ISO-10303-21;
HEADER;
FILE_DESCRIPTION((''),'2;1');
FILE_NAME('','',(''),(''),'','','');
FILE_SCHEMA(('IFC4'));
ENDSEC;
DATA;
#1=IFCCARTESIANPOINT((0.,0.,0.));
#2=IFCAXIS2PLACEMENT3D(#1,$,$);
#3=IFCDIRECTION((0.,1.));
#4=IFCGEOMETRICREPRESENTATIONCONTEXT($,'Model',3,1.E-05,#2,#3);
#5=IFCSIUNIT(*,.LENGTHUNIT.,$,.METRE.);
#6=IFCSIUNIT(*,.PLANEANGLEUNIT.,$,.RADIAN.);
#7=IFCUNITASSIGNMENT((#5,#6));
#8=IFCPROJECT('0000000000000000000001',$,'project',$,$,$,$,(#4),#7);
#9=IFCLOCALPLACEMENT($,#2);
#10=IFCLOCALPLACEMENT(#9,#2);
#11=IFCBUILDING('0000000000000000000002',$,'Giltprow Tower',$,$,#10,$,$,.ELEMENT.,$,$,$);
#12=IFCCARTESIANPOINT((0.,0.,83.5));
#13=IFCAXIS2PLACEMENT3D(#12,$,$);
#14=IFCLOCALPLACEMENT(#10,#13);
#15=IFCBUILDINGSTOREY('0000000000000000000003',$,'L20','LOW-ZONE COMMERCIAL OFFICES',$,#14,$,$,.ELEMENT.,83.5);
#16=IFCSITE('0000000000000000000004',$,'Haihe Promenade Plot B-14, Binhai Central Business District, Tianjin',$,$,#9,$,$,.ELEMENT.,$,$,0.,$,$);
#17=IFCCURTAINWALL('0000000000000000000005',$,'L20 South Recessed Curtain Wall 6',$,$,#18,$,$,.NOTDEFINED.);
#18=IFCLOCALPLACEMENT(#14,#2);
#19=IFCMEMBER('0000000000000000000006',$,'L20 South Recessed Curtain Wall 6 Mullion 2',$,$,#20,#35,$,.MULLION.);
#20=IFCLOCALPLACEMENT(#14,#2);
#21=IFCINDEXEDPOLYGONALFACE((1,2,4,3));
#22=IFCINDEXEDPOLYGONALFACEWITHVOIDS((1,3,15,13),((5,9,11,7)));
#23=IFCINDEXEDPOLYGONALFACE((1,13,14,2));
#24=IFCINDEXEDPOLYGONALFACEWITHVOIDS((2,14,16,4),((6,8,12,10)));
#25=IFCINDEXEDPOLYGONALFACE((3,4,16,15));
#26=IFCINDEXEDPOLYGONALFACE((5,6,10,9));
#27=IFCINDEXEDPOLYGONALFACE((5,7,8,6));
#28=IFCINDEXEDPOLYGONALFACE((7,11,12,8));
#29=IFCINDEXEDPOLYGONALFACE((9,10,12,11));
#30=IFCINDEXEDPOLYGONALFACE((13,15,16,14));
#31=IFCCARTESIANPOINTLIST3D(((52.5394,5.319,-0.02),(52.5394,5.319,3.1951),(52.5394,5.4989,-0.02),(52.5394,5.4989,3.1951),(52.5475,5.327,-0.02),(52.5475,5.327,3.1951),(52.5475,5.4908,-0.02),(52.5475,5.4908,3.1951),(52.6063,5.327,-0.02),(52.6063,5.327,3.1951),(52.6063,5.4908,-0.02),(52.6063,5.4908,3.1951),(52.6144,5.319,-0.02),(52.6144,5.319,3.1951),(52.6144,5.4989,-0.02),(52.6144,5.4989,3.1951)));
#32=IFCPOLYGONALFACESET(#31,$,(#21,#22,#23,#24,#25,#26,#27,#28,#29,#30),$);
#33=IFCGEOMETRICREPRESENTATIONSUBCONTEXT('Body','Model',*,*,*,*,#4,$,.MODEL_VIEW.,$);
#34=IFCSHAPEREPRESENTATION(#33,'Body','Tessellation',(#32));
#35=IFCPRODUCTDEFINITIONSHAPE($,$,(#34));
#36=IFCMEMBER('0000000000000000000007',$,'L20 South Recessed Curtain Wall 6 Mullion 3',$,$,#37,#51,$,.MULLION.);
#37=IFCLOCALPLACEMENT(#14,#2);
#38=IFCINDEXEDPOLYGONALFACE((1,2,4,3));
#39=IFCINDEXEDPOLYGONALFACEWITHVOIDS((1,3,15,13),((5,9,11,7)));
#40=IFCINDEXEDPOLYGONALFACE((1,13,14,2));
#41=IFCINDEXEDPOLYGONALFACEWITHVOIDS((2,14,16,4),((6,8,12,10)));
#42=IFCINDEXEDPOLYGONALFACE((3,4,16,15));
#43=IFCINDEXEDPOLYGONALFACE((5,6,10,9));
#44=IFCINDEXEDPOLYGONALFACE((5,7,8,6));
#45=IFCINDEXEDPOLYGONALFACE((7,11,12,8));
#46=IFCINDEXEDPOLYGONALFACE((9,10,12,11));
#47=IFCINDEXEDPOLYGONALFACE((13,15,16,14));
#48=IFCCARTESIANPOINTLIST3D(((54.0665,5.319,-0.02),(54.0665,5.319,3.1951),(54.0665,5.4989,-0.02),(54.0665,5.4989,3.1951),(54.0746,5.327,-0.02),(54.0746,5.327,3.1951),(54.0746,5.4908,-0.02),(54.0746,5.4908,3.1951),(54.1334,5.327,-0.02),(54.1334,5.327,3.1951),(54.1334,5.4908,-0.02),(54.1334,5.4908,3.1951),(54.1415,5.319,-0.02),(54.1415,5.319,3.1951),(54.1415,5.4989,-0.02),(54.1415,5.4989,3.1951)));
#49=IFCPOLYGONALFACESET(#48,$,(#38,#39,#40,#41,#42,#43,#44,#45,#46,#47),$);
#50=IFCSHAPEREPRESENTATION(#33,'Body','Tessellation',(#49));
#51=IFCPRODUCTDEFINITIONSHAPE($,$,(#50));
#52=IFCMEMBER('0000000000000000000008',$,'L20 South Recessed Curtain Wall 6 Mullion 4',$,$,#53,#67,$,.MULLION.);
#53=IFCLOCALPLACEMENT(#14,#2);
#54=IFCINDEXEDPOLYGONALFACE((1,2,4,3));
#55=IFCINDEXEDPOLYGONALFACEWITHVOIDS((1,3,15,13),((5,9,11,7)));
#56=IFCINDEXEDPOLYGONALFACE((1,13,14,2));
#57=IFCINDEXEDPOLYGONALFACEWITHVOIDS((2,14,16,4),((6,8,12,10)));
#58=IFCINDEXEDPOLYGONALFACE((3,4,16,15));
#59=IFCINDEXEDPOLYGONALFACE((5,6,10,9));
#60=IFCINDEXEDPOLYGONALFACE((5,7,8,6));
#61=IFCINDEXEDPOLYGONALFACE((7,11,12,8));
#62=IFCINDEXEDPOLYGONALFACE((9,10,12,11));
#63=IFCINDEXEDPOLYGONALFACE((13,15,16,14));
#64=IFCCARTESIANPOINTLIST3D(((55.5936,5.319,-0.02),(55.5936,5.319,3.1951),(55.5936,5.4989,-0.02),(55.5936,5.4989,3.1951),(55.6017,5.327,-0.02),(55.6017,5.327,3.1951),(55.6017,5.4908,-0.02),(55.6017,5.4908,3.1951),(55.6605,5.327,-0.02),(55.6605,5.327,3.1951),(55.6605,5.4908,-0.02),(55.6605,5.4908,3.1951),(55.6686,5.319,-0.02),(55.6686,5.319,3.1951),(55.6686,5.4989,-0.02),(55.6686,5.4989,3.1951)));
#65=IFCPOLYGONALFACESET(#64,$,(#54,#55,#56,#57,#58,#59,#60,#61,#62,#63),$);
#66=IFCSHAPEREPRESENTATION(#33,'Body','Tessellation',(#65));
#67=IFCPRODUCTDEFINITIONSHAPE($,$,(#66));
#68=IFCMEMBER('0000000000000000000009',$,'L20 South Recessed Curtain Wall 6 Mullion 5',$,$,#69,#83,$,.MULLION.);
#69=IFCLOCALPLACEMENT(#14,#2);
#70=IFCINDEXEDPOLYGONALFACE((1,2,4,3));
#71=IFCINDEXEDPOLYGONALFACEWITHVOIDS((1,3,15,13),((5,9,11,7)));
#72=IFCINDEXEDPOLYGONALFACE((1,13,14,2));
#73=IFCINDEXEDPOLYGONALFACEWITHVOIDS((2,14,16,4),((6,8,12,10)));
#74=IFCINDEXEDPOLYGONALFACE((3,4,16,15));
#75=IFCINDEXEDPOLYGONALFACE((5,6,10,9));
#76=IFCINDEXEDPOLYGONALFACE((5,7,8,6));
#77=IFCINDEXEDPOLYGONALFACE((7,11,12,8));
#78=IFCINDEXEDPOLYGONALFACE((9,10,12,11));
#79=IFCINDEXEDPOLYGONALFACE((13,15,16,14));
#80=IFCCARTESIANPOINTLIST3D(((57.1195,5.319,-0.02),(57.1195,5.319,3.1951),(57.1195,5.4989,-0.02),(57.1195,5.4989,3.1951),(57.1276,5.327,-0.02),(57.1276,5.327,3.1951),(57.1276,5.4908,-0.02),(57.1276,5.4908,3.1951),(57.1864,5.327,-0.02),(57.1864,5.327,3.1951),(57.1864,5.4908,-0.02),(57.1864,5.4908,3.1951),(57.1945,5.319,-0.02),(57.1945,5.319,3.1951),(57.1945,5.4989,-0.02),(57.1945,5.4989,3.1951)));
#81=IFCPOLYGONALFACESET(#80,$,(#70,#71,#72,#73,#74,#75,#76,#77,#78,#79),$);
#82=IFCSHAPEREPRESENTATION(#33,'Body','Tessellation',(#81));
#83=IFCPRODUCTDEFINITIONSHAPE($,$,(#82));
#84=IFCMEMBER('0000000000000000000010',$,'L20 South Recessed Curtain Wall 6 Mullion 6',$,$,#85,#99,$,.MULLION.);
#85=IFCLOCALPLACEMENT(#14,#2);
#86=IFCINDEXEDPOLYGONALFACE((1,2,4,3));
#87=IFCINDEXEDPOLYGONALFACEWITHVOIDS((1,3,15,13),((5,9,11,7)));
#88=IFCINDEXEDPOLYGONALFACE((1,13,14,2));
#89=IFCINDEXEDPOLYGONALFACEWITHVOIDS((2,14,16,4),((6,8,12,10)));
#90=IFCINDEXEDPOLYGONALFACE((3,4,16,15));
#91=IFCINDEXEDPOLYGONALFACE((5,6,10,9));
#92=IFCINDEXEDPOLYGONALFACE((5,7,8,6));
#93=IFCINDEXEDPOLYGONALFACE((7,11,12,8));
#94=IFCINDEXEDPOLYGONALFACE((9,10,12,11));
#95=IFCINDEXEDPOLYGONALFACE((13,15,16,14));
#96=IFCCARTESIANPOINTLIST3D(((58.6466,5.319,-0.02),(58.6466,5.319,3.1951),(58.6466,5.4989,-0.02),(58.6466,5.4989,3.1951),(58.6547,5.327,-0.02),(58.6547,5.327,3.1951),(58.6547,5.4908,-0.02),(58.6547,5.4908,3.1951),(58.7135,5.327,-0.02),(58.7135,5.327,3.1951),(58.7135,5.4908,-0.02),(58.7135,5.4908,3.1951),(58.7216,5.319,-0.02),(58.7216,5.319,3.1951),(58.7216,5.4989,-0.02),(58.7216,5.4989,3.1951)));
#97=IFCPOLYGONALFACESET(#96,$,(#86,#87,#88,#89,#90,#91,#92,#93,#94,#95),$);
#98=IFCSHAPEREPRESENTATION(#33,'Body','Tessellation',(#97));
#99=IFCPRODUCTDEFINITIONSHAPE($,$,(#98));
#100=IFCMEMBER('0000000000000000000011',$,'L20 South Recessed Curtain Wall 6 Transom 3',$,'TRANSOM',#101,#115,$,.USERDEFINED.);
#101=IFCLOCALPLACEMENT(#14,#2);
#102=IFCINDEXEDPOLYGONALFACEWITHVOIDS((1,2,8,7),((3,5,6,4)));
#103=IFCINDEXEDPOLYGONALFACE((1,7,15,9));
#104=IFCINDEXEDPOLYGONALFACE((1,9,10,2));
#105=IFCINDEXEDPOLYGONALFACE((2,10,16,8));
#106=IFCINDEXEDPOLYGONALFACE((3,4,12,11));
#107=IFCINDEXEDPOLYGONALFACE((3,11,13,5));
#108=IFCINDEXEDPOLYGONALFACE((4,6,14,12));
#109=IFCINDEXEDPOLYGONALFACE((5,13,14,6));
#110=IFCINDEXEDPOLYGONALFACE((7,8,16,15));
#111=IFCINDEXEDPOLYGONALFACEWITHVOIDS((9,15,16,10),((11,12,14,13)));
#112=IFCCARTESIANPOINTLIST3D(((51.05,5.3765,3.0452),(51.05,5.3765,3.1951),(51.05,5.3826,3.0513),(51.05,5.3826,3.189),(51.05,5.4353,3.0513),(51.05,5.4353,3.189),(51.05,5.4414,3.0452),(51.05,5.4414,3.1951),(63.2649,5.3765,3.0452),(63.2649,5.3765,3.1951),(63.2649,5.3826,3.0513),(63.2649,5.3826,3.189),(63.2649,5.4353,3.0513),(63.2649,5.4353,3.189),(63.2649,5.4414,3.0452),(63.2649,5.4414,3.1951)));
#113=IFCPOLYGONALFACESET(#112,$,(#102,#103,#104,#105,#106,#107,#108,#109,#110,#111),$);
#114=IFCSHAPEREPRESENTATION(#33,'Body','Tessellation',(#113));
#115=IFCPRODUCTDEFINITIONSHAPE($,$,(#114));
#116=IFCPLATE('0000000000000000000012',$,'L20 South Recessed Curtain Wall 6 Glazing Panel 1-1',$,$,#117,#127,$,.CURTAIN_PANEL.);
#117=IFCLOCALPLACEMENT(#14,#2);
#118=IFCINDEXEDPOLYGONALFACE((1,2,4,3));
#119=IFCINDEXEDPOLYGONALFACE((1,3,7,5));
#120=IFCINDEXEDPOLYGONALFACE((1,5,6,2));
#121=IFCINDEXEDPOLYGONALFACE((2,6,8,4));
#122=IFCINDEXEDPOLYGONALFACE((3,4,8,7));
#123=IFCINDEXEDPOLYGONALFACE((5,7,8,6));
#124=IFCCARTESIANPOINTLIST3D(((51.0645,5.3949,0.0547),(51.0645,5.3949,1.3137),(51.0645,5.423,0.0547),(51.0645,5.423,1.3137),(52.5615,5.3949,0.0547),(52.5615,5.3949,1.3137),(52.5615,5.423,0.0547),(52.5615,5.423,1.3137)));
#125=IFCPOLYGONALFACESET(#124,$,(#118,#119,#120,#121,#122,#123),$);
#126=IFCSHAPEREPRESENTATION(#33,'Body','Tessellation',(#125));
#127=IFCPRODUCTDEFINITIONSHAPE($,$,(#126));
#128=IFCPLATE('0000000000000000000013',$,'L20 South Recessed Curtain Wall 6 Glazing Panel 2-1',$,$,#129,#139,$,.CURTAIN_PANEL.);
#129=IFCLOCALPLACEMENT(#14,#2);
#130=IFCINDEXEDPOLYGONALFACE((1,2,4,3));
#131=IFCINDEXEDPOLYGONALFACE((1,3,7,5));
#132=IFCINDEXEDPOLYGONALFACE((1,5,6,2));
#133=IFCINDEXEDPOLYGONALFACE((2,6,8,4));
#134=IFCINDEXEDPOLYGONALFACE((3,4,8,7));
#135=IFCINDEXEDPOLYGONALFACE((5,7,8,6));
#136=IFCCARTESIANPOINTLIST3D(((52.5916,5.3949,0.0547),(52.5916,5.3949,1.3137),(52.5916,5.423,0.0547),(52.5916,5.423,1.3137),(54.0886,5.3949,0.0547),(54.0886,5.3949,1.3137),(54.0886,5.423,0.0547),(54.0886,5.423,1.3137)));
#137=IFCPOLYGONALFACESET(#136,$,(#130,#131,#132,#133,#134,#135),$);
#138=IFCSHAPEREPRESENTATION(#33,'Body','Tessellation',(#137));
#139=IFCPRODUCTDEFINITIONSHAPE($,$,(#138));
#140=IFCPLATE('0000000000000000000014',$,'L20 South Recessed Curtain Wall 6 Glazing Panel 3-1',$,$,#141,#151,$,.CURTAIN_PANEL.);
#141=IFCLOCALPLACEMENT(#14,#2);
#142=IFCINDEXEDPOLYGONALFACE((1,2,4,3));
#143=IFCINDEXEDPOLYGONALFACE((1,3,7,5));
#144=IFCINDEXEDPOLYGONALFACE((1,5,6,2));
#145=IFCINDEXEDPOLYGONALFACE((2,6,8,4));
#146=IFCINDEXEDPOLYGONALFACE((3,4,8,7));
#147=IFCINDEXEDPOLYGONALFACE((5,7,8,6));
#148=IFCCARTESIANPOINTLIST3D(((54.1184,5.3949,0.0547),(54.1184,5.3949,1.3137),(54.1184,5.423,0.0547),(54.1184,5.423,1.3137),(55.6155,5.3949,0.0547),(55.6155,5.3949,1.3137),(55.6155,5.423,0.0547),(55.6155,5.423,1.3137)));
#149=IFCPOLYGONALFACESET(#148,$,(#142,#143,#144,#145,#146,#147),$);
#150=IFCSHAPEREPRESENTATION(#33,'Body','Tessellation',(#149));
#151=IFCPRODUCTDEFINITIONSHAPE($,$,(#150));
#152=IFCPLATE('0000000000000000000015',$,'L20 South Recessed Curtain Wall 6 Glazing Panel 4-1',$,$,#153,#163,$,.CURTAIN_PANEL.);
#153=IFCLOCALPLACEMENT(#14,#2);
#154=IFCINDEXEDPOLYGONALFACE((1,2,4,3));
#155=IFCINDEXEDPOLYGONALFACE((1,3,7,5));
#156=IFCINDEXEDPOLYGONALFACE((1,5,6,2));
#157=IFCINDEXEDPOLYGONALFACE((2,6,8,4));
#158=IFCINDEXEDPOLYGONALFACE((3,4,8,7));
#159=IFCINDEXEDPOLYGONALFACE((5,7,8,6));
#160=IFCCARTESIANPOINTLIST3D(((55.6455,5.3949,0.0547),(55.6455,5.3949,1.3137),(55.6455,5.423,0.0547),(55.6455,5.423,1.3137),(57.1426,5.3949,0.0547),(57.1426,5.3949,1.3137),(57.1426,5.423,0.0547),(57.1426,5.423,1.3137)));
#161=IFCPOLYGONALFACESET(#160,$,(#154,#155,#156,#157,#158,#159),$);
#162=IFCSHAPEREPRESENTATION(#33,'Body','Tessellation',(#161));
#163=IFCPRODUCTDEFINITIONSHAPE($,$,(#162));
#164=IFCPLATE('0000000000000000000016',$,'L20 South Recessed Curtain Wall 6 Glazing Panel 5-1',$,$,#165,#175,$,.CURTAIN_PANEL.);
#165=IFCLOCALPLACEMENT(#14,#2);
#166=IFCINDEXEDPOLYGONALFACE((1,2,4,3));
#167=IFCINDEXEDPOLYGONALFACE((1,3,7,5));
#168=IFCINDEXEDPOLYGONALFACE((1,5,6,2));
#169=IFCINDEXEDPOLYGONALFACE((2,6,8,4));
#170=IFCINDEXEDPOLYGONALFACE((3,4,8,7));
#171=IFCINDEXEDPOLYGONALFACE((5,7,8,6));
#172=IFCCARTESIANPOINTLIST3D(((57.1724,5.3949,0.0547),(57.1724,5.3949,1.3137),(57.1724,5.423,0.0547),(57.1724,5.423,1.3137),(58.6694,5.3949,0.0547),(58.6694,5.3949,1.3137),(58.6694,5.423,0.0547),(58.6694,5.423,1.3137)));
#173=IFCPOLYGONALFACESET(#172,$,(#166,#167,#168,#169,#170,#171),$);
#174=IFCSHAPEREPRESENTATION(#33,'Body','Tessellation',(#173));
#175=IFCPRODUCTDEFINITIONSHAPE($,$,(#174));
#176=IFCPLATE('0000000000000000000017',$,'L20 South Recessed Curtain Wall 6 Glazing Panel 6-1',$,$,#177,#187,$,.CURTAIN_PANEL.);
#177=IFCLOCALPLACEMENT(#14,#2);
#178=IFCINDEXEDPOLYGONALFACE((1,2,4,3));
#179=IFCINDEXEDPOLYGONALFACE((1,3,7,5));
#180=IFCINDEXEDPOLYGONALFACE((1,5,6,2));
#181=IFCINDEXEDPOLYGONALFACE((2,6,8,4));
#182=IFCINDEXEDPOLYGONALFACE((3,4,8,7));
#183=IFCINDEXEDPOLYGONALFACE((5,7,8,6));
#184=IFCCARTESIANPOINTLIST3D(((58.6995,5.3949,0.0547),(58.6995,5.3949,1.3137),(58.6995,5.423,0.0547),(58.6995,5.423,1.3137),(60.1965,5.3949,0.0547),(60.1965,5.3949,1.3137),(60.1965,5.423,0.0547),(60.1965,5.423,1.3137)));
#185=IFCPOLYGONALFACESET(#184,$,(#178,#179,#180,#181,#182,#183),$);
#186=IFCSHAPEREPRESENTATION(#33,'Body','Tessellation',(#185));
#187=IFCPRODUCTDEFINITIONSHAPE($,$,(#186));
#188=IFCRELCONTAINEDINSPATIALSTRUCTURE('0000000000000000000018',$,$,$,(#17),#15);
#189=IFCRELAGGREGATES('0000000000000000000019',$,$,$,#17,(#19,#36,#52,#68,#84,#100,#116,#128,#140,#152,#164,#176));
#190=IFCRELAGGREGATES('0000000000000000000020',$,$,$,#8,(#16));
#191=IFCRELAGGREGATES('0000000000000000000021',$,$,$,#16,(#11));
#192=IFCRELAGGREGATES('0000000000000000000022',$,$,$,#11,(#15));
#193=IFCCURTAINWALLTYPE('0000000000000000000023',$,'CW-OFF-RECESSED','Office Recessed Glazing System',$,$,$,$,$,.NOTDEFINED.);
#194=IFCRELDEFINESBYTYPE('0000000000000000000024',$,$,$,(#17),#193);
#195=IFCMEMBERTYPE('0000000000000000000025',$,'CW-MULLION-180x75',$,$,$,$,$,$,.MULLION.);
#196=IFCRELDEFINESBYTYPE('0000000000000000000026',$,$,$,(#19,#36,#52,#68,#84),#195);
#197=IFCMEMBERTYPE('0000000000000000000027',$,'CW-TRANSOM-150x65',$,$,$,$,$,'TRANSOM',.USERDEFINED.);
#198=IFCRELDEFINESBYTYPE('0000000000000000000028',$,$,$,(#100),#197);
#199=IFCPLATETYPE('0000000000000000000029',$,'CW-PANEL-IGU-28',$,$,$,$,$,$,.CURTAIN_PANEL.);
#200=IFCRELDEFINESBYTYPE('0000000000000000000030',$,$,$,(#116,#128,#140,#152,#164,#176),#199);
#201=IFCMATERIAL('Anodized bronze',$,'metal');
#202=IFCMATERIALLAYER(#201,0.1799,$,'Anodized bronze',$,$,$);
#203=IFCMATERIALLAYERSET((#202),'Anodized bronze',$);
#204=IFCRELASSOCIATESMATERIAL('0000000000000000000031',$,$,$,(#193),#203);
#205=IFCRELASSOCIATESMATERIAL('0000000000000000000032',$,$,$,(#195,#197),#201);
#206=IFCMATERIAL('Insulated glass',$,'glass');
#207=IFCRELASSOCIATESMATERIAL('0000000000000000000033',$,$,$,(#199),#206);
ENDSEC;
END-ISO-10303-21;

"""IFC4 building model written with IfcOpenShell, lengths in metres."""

from ifc_helpers import new_model, si_unit, direction, frame, origin, origin_2d, place, context, subcontext, project, spatial, rectangle, hollow_rectangle, extrude, source, transform, mapped, material, layer, layer_set, material_profile, profile_set, type_object, element, aggregate, save


model = new_model("IFC4")

# Units and contexts
model_context = context("Model", 3, precision=1e-05, world=origin(), true_north=direction((0.0, 1.0)))
body_context = subcontext(model_context, "Body", "Model", "MODEL_VIEW")
ifc_project = project(units=[si_unit("LENGTHUNIT", "METRE"), si_unit("PLANEANGLEUNIT", "RADIAN")], contexts=[model_context])

# Site, building, storey
site_placement = place(None, origin())
site = spatial("IfcSite", under=ifc_project, at=site_placement, Name="Haihe Promenade Plot B-14, Binhai Central Business District, Tianjin", CompositionType="ELEMENT", RefElevation=0.0)
building_placement = place(site_placement, origin())
building = spatial("IfcBuilding", under=site, at=building_placement, Name="Giltprow Tower", CompositionType="ELEMENT")
storey_placement = place(building_placement, frame((0.0, 0.0, 83.5)))
storey = spatial("IfcBuildingStorey", under=building, at=storey_placement, Name="L20", Description="LOW-ZONE COMMERCIAL OFFICES", CompositionType="ELEMENT", Elevation=83.5)

# Curtain wall, members, plates
ifc_material_1 = material(Name="Anodized bronze", Category="metal")
ifc_layer = layer(ifc_material_1, 0.1799, Name="Anodized bronze")
ifc_layer_set = layer_set([ifc_layer], Name="Anodized bronze")
curtain_wall_type = type_object("IfcCurtainWallType", Name="CW-OFF-RECESSED", Description="Office Recessed Glazing System", PredefinedType="NOTDEFINED", material=ifc_layer_set)
curtain_wall_placement = place(storey_placement, origin())
curtain_wall = element("IfcCurtainWall", 1, at=curtain_wall_placement, inside=storey, type_object=curtain_wall_type, Name="L20 South Recessed Curtain Wall 6", PredefinedType="NOTDEFINED")
ifc_material_profile_1 = material_profile(ifc_material_1, hollow_rectangle(XDim=0.075, YDim=0.1799, WallThickness=0.0081, at=origin_2d()), Name="RHS 180x75x8")
ifc_profile_set_1 = profile_set([ifc_material_profile_1], Name="Anodized bronze")
member_type_1 = type_object("IfcMemberType", Name="CW-MULLION-180x75", PredefinedType="MULLION", material=ifc_profile_set_1)
shared_shape_1 = source(origin(), body_context, "Body", "SweptSolid", [
    extrude(hollow_rectangle(XDim=0.075, YDim=0.1799, WallThickness=0.0081, at=origin_2d()), origin(), (0.0, 0.0, 1.0), 3.2151),
])
member_1_placement = place(storey_placement, frame((52.5769, 5.4089, -0.02), z_axis=(0.0, 0.0, 1.0), x_axis=(1.0, 0.0, 0.0)))
member_1 = element("IfcMember", 2, at=member_1_placement, type_object=member_type_1, Name="L20 South Recessed Curtain Wall 6 Mullion 2", PredefinedType="MULLION", context=body_context, shape_type="MappedRepresentation", body=[
    mapped(shared_shape_1, transform((0.0, 0.0, 0.0), x_axis=(1.0, 0.0, 0.0), y_axis=(0.0, 1.0, 0.0), z_axis=(0.0, 0.0, 1.0), scale=1.0)),
])
member_2_placement = place(storey_placement, frame((54.104, 5.4089, -0.02), z_axis=(0.0, 0.0, 1.0), x_axis=(1.0, 0.0, 0.0)))
member_2 = element("IfcMember", 3, at=member_2_placement, type_object=member_type_1, Name="L20 South Recessed Curtain Wall 6 Mullion 3", PredefinedType="MULLION", context=body_context, shape_type="MappedRepresentation", body=[
    mapped(shared_shape_1, transform((0.0, 0.0, 0.0), x_axis=(1.0, 0.0, 0.0), y_axis=(0.0, 1.0, 0.0), z_axis=(0.0, 0.0, 1.0), scale=1.0)),
])
member_3_placement = place(storey_placement, frame((55.6311, 5.4089, -0.02), z_axis=(0.0, 0.0, 1.0), x_axis=(1.0, 0.0, 0.0)))
member_3 = element("IfcMember", 4, at=member_3_placement, type_object=member_type_1, Name="L20 South Recessed Curtain Wall 6 Mullion 4", PredefinedType="MULLION", context=body_context, shape_type="MappedRepresentation", body=[
    mapped(shared_shape_1, transform((0.0, 0.0, 0.0), x_axis=(1.0, 0.0, 0.0), y_axis=(0.0, 1.0, 0.0), z_axis=(0.0, 0.0, 1.0), scale=1.0)),
])
member_4_placement = place(storey_placement, frame((57.157, 5.4089, -0.02), z_axis=(0.0, 0.0, 1.0), x_axis=(1.0, 0.0, 0.0)))
member_4 = element("IfcMember", 5, at=member_4_placement, type_object=member_type_1, Name="L20 South Recessed Curtain Wall 6 Mullion 5", PredefinedType="MULLION", context=body_context, shape_type="MappedRepresentation", body=[
    mapped(shared_shape_1, transform((0.0, 0.0, 0.0), x_axis=(1.0, 0.0, 0.0), y_axis=(0.0, 1.0, 0.0), z_axis=(0.0, 0.0, 1.0), scale=1.0)),
])
member_5_placement = place(storey_placement, frame((58.6841, 5.4089, -0.02), z_axis=(0.0, 0.0, 1.0), x_axis=(1.0, 0.0, 0.0)))
member_5 = element("IfcMember", 6, at=member_5_placement, type_object=member_type_1, Name="L20 South Recessed Curtain Wall 6 Mullion 6", PredefinedType="MULLION", context=body_context, shape_type="MappedRepresentation", body=[
    mapped(shared_shape_1, transform((0.0, 0.0, 0.0), x_axis=(1.0, 0.0, 0.0), y_axis=(0.0, 1.0, 0.0), z_axis=(0.0, 0.0, 1.0), scale=1.0)),
])
ifc_material_profile_2 = material_profile(ifc_material_1, hollow_rectangle(XDim=0.0649, YDim=0.1499, WallThickness=0.0061, at=origin_2d()), Name="RHS 150x65x6")
ifc_profile_set_2 = profile_set([ifc_material_profile_2], Name="Anodized bronze")
member_type_2 = type_object("IfcMemberType", Name="CW-TRANSOM-150x65", ElementType="TRANSOM", PredefinedType="USERDEFINED", material=ifc_profile_set_2)
shared_shape_2 = source(origin(), body_context, "Body", "SweptSolid", [
    extrude(hollow_rectangle(XDim=0.0649, YDim=0.1499, WallThickness=0.0061, at=origin_2d()), origin(), (0.0, 0.0, 1.0), 12.2148),
])
member_6_placement = place(storey_placement, frame((51.05, 5.4089, 3.1201), z_axis=(1.0, 0.0, 0.0), x_axis=(0.0, 1.0, 0.0)))
member_6 = element("IfcMember", 7, at=member_6_placement, type_object=member_type_2, Name="L20 South Recessed Curtain Wall 6 Transom 3", ObjectType="TRANSOM", PredefinedType="USERDEFINED", context=body_context, shape_type="MappedRepresentation", body=[
    mapped(shared_shape_2, transform((0.0, 0.0, 0.0), x_axis=(1.0, 0.0, 0.0), y_axis=(0.0, 1.0, 0.0), z_axis=(0.0, 0.0, 1.0), scale=1.0)),
])
ifc_material_2 = material(Name="Insulated glass", Category="glass")
plate_type = type_object("IfcPlateType", Name="CW-PANEL-IGU-28", PredefinedType="CURTAIN_PANEL", material=ifc_material_2)
shared_shape_3 = source(origin(), body_context, "Body", "SweptSolid", [
    extrude(rectangle(XDim=1.4971, YDim=0.0281, at=origin_2d()), origin(), (0.0, 0.0, 1.0), 1.259),
])
plate_1_placement = place(storey_placement, frame((51.813, 5.4089, 0.0547), z_axis=(0.0, 0.0, 1.0), x_axis=(1.0, 0.0, 0.0)))
plate_1 = element("IfcPlate", 8, at=plate_1_placement, type_object=plate_type, Name="L20 South Recessed Curtain Wall 6 Glazing Panel 1-1", PredefinedType="CURTAIN_PANEL", context=body_context, shape_type="MappedRepresentation", body=[
    mapped(shared_shape_3, transform((0.0, 0.0, 0.0), x_axis=(1.0, 0.0, 0.0), y_axis=(0.0, 1.0, 0.0), z_axis=(0.0, 0.0, 1.0), scale=1.0)),
])
plate_2_placement = place(storey_placement, frame((53.3401, 5.4089, 0.0547), z_axis=(0.0, 0.0, 1.0), x_axis=(1.0, 0.0, 0.0)))
plate_2 = element("IfcPlate", 9, at=plate_2_placement, type_object=plate_type, Name="L20 South Recessed Curtain Wall 6 Glazing Panel 2-1", PredefinedType="CURTAIN_PANEL", context=body_context, shape_type="MappedRepresentation", body=[
    mapped(shared_shape_3, transform((0.0, 0.0, 0.0), x_axis=(1.0, 0.0, 0.0), y_axis=(0.0, 1.0, 0.0), z_axis=(0.0, 0.0, 1.0), scale=1.0)),
])
plate_3_placement = place(storey_placement, frame((54.8669, 5.4089, 0.0547), z_axis=(0.0, 0.0, 1.0), x_axis=(1.0, 0.0, 0.0)))
plate_3 = element("IfcPlate", 10, at=plate_3_placement, type_object=plate_type, Name="L20 South Recessed Curtain Wall 6 Glazing Panel 3-1", PredefinedType="CURTAIN_PANEL", context=body_context, shape_type="MappedRepresentation", body=[
    mapped(shared_shape_3, transform((0.0, 0.0, 0.0), x_axis=(1.0, 0.0, 0.0), y_axis=(0.0, 1.0, 0.0), z_axis=(0.0, 0.0, 1.0), scale=1.0)),
])
plate_4_placement = place(storey_placement, frame((56.394, 5.4089, 0.0547), z_axis=(0.0, 0.0, 1.0), x_axis=(1.0, 0.0, 0.0)))
plate_4 = element("IfcPlate", 11, at=plate_4_placement, type_object=plate_type, Name="L20 South Recessed Curtain Wall 6 Glazing Panel 4-1", PredefinedType="CURTAIN_PANEL", context=body_context, shape_type="MappedRepresentation", body=[
    mapped(shared_shape_3, transform((0.0, 0.0, 0.0), x_axis=(1.0, 0.0, 0.0), y_axis=(0.0, 1.0, 0.0), z_axis=(0.0, 0.0, 1.0), scale=1.0)),
])
plate_5_placement = place(storey_placement, frame((57.9209, 5.4089, 0.0547), z_axis=(0.0, 0.0, 1.0), x_axis=(1.0, 0.0, 0.0)))
plate_5 = element("IfcPlate", 12, at=plate_5_placement, type_object=plate_type, Name="L20 South Recessed Curtain Wall 6 Glazing Panel 5-1", PredefinedType="CURTAIN_PANEL", context=body_context, shape_type="MappedRepresentation", body=[
    mapped(shared_shape_3, transform((0.0, 0.0, 0.0), x_axis=(1.0, 0.0, 0.0), y_axis=(0.0, 1.0, 0.0), z_axis=(0.0, 0.0, 1.0), scale=1.0)),
])
plate_6_placement = place(storey_placement, frame((59.448, 5.4089, 0.0547), z_axis=(0.0, 0.0, 1.0), x_axis=(1.0, 0.0, 0.0)))
plate_6 = element("IfcPlate", 13, at=plate_6_placement, type_object=plate_type, Name="L20 South Recessed Curtain Wall 6 Glazing Panel 6-1", PredefinedType="CURTAIN_PANEL", context=body_context, shape_type="MappedRepresentation", body=[
    mapped(shared_shape_3, transform((0.0, 0.0, 0.0), x_axis=(1.0, 0.0, 0.0), y_axis=(0.0, 1.0, 0.0), z_axis=(0.0, 0.0, 1.0), scale=1.0)),
])
aggregate(curtain_wall, [member_1, member_2, member_3, member_4, member_5, member_6, plate_1, plate_2, plate_3, plate_4, plate_5, plate_6])

save(model, "model.ifc")
